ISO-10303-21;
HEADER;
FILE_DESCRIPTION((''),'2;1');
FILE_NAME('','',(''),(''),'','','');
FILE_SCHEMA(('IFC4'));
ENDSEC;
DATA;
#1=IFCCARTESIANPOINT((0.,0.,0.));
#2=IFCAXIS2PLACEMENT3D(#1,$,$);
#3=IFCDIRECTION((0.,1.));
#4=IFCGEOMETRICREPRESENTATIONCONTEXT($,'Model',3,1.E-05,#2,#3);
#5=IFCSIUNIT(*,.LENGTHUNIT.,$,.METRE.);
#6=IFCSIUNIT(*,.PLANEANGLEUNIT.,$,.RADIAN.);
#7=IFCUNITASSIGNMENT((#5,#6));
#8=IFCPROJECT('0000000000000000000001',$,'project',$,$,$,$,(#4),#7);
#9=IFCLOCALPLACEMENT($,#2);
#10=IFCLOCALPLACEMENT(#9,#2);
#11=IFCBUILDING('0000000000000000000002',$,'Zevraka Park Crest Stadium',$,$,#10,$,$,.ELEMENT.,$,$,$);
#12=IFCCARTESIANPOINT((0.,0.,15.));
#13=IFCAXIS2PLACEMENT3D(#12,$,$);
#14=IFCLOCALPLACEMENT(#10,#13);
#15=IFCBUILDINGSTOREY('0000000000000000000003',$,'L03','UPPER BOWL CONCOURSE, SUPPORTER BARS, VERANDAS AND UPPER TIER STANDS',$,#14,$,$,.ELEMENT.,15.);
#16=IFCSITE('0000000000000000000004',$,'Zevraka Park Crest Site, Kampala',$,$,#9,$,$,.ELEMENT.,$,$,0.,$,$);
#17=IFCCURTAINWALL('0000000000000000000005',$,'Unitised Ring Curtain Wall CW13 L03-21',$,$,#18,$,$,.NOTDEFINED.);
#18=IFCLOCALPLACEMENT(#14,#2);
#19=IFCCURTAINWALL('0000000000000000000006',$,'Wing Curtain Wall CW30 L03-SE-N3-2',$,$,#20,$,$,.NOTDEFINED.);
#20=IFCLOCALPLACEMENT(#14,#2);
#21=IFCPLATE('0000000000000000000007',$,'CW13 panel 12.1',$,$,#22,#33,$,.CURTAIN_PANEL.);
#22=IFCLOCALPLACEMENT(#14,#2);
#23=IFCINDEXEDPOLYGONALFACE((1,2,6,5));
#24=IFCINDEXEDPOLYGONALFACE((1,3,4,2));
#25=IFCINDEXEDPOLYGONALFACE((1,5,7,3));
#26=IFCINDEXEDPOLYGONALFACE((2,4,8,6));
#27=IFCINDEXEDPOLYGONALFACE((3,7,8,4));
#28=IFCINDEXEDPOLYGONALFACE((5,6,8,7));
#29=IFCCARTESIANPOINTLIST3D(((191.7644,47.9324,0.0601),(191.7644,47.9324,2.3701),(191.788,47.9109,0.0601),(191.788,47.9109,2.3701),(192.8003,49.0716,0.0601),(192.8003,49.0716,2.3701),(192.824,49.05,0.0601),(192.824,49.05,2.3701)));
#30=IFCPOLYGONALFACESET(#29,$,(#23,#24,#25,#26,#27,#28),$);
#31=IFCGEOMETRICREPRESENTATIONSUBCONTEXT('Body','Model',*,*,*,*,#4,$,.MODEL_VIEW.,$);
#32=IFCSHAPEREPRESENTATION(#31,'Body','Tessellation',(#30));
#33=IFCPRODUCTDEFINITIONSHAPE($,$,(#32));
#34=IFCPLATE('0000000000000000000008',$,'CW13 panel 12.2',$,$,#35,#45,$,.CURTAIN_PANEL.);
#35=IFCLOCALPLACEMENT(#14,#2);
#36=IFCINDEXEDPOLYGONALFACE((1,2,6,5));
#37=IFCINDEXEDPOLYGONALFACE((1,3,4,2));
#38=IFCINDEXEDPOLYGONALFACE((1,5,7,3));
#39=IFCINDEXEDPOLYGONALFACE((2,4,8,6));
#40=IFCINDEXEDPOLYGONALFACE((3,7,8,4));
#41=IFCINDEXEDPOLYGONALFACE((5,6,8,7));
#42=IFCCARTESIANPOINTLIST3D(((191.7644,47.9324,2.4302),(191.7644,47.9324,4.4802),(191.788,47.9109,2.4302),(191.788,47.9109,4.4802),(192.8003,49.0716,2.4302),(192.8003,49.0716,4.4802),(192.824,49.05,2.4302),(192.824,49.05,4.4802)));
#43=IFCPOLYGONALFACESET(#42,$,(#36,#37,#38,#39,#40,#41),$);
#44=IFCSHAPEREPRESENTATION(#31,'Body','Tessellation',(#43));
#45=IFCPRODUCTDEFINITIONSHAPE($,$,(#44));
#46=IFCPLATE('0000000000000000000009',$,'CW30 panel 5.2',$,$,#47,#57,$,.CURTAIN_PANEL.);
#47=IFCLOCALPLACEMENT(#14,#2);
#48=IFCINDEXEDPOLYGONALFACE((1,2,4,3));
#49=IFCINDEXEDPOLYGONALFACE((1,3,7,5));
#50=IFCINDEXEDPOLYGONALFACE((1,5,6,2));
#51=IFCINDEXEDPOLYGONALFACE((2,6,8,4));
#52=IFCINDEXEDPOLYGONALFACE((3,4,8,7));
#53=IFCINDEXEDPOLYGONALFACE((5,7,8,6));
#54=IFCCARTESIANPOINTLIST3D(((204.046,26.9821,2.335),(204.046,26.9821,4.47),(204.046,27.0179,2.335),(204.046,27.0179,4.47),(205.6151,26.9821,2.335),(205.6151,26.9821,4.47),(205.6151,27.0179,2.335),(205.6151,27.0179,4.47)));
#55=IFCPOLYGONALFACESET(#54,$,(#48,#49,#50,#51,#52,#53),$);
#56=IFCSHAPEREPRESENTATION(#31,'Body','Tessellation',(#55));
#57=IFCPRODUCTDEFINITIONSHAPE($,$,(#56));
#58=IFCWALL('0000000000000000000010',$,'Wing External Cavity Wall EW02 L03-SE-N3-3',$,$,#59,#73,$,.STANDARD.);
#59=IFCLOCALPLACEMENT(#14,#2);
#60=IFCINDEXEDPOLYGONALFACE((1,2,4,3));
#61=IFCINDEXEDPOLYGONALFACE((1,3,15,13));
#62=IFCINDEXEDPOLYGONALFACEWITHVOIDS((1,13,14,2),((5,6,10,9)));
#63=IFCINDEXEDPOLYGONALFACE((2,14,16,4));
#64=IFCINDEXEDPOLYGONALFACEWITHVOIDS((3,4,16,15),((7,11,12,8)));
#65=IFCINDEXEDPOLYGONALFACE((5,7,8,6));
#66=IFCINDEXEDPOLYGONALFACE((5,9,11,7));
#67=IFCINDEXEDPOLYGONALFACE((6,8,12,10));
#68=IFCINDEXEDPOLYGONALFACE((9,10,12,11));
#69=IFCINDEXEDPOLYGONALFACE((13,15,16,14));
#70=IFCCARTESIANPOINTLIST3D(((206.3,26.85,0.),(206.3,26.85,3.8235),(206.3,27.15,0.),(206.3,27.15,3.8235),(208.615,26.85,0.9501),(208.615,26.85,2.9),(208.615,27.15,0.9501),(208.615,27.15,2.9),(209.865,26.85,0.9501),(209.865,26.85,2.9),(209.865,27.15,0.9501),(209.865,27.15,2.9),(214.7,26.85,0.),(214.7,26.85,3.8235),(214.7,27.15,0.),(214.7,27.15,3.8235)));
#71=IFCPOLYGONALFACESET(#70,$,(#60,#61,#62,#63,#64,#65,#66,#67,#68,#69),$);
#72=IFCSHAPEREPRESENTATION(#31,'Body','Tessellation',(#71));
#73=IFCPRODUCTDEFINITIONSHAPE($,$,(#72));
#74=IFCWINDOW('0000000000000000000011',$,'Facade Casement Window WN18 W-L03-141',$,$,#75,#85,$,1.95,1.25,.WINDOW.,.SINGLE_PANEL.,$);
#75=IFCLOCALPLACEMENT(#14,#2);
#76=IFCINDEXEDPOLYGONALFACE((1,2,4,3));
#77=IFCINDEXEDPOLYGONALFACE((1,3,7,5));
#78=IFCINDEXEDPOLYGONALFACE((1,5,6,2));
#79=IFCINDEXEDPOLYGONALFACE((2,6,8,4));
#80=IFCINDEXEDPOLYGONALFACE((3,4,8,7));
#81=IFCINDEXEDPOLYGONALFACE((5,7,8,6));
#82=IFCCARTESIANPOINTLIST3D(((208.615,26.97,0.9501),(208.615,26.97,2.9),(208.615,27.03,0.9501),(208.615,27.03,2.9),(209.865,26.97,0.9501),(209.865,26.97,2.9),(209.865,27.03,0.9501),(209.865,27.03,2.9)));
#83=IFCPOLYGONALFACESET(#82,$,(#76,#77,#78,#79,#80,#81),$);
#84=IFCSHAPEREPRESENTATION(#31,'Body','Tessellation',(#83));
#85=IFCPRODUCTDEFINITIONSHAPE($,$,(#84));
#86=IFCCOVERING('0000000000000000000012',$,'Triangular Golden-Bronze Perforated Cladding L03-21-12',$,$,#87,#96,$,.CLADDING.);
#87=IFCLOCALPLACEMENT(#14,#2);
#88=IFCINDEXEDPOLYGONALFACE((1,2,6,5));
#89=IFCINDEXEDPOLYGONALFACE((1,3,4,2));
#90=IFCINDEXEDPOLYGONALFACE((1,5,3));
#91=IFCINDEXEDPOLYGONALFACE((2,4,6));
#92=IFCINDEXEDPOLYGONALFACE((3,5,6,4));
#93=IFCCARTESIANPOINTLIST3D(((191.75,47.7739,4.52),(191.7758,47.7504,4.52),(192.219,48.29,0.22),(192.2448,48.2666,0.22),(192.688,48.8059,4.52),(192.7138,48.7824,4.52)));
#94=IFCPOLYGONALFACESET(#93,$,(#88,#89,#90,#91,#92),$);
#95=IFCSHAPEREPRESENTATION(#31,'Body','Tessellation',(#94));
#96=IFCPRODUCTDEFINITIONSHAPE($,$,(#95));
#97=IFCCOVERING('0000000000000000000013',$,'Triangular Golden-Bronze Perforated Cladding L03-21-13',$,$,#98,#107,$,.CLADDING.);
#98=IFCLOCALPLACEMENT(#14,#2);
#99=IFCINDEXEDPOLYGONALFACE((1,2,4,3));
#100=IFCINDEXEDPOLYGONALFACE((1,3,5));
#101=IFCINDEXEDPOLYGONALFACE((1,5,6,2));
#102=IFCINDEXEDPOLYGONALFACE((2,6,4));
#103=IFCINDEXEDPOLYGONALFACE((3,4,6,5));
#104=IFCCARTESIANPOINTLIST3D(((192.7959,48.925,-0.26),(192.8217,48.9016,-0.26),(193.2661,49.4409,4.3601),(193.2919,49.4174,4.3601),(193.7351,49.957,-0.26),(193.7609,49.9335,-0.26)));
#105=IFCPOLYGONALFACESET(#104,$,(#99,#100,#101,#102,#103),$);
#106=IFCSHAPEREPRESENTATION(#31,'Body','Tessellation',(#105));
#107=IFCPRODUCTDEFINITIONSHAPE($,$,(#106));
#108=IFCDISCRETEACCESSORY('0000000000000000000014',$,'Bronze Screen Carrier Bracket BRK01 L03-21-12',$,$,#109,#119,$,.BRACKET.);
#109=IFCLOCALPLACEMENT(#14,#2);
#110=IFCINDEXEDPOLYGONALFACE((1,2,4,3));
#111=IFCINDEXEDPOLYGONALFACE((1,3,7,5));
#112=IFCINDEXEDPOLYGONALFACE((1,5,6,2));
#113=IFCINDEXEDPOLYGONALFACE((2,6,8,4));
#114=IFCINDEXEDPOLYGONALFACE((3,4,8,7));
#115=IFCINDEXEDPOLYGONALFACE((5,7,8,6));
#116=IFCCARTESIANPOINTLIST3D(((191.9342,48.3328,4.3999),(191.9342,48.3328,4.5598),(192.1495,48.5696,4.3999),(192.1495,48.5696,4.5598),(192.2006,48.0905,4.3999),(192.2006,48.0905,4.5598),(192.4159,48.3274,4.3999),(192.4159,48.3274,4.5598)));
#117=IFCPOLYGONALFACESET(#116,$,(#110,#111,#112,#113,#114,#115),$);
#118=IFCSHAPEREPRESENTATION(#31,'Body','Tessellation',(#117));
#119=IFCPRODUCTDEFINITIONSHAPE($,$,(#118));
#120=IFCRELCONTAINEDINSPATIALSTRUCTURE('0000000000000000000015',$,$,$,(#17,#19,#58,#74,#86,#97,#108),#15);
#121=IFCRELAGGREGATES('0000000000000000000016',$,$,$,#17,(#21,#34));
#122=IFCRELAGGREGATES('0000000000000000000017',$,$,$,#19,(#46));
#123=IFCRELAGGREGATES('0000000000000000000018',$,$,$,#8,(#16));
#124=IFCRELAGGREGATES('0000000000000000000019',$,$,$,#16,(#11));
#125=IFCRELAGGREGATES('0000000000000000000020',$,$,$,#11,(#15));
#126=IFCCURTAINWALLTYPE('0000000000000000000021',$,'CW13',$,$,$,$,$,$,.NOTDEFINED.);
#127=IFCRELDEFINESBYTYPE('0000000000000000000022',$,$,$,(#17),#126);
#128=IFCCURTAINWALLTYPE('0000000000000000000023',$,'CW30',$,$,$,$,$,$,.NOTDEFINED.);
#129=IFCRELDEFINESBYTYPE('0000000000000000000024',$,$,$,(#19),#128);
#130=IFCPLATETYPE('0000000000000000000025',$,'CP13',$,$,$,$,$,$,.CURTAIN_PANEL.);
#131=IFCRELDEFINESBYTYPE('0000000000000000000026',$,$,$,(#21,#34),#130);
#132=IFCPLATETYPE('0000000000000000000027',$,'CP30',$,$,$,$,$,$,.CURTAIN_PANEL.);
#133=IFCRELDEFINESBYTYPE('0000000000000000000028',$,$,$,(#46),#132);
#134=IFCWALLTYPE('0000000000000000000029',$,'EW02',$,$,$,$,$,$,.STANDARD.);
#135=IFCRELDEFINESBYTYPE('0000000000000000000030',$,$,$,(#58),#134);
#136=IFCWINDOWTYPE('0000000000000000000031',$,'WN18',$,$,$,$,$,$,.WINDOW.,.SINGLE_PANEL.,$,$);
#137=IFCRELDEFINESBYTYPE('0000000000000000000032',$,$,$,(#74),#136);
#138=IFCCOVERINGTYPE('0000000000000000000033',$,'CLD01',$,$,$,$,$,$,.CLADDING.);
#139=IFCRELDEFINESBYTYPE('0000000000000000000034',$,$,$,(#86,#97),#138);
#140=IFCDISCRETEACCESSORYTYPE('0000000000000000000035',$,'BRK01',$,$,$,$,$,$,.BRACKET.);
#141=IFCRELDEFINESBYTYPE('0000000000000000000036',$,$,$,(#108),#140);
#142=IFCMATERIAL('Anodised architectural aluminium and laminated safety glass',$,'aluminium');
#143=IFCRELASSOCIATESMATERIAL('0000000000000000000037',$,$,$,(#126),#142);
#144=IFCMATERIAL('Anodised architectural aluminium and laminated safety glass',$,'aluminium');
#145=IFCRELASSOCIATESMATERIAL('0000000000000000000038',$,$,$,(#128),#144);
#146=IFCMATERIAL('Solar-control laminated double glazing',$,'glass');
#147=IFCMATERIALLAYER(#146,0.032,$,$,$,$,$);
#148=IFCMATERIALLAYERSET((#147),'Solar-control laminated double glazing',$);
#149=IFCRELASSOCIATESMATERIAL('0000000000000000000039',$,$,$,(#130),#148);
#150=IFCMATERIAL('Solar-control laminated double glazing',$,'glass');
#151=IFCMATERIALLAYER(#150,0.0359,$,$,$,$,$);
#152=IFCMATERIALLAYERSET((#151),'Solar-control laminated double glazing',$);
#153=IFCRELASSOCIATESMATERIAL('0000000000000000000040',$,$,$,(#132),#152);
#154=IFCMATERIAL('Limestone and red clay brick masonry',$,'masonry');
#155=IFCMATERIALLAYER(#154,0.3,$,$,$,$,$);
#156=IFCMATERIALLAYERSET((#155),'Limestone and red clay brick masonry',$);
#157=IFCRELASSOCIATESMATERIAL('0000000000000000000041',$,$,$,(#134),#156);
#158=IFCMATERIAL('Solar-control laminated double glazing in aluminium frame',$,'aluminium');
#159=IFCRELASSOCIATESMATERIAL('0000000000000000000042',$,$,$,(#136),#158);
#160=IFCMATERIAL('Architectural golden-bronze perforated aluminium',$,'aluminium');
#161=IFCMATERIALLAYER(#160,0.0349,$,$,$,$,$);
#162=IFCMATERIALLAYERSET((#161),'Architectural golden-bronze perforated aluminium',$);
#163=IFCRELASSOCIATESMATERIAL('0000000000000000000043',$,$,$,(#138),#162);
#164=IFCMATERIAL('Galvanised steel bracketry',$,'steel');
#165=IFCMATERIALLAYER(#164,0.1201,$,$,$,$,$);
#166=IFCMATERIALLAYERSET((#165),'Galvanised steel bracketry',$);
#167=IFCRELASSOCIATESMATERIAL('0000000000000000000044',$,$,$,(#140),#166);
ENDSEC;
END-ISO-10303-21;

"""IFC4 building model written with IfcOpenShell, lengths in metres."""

from ifc_helpers import new_model, si_unit, direction, frame, frame_2d, origin, origin_2d, place, context, subcontext, project, spatial, polyline, rectangle, outline, extrude, material, layer, layer_set, type_object, element, fill, aggregate, save


model = new_model("IFC4")

# Units and contexts
model_context = context("Model", 3, precision=1e-05, world=origin(), true_north=direction((0.0, 1.0)))
body_context = subcontext(model_context, "Body", "Model", "MODEL_VIEW")
ifc_project = project(units=[si_unit("LENGTHUNIT", "METRE"), si_unit("PLANEANGLEUNIT", "RADIAN")], contexts=[model_context])

# Site, building, storey
site_placement = place(None, origin())
site = spatial("IfcSite", under=ifc_project, at=site_placement, Name="Zevraka Park Crest Site, Kampala", CompositionType="ELEMENT", RefElevation=0.0)
building_placement = place(site_placement, origin())
building = spatial("IfcBuilding", under=site, at=building_placement, Name="Zevraka Park Crest Stadium", CompositionType="ELEMENT")
storey_placement = place(building_placement, frame((0.0, 0.0, 15.0)))
storey = spatial("IfcBuildingStorey", under=building, at=storey_placement, Name="L03", Description="UPPER BOWL CONCOURSE, SUPPORTER BARS, VERANDAS AND UPPER TIER STANDS", CompositionType="ELEMENT", Elevation=15.0)

# Curtain wall
ifc_material_1 = material(Name="Anodised architectural aluminium and laminated safety glass", Category="aluminium")
curtain_wall_type_1 = type_object("IfcCurtainWallType", Name="CW13", PredefinedType="NOTDEFINED", material=ifc_material_1)
curtain_wall_1_placement = place(storey_placement, origin())
curtain_wall_1 = element("IfcCurtainWall", 1, at=curtain_wall_1_placement, inside=storey, type_object=curtain_wall_type_1, Name="Unitised Ring Curtain Wall CW13 L03-21", PredefinedType="NOTDEFINED")

# Curtain wall
ifc_material_2 = material(Name="Anodised architectural aluminium and laminated safety glass", Category="aluminium")
curtain_wall_type_2 = type_object("IfcCurtainWallType", Name="CW30", PredefinedType="NOTDEFINED", material=ifc_material_2)
curtain_wall_2_placement = place(storey_placement, origin())
curtain_wall_2 = element("IfcCurtainWall", 2, at=curtain_wall_2_placement, inside=storey, type_object=curtain_wall_type_2, Name="Wing Curtain Wall CW30 L03-SE-N3-2", PredefinedType="NOTDEFINED")

# Plates
ifc_material_3 = material(Name="Solar-control laminated double glazing", Category="glass")
ifc_layer_1 = layer(ifc_material_3, 0.032)
ifc_layer_set_1 = layer_set([ifc_layer_1], Name="Solar-control laminated double glazing")
plate_type_1 = type_object("IfcPlateType", Name="CP13", PredefinedType="CURTAIN_PANEL", material=ifc_layer_set_1)
plate_1_placement = place(storey_placement, frame((192.2942, 48.4912, 0.0601), z_axis=(0.0, 0.0, 1.0), x_axis=(0.672802, 0.739823, 0.0)))
plate_1 = element("IfcPlate", 3, at=plate_1_placement, type_object=plate_type_1, Name="CW13 panel 12.1", PredefinedType="CURTAIN_PANEL", context=body_context, shape_type="SweptSolid", body=[
    extrude(rectangle(XDim=1.5398, YDim=0.032, at=origin_2d()), origin(), (0.0, 0.0, 1.0), 2.3101),
])
plate_2_placement = place(storey_placement, frame((192.2942, 48.4912, 2.4302), z_axis=(0.0, 0.0, 1.0), x_axis=(0.672802, 0.739823, 0.0)))
plate_2 = element("IfcPlate", 4, at=plate_2_placement, type_object=plate_type_1, Name="CW13 panel 12.2", PredefinedType="CURTAIN_PANEL", context=body_context, shape_type="SweptSolid", body=[
    extrude(rectangle(XDim=1.5398, YDim=0.032, at=origin_2d()), origin(), (0.0, 0.0, 1.0), 2.05),
])
aggregate(curtain_wall_1, [plate_1, plate_2])
ifc_material_4 = material(Name="Solar-control laminated double glazing", Category="glass")
ifc_layer_2 = layer(ifc_material_4, 0.0359)
ifc_layer_set_2 = layer_set([ifc_layer_2], Name="Solar-control laminated double glazing")
plate_type_2 = type_object("IfcPlateType", Name="CP30", PredefinedType="CURTAIN_PANEL", material=ifc_layer_set_2)
plate_3_placement = place(storey_placement, frame((204.8306, 27.0, 2.335), z_axis=(0.0, 0.0, 1.0), x_axis=(1.0, 0.0, 0.0)))
plate_3 = element("IfcPlate", 5, at=plate_3_placement, type_object=plate_type_2, Name="CW30 panel 5.2", PredefinedType="CURTAIN_PANEL", context=body_context, shape_type="SweptSolid", body=[
    extrude(rectangle(XDim=1.5691, YDim=0.0359, at=origin_2d()), origin(), (0.0, 0.0, 1.0), 2.135),
])
aggregate(curtain_wall_2, [plate_3])

# Wall, opening, window
ifc_material_5 = material(Name="Limestone and red clay brick masonry", Category="masonry")
ifc_layer_3 = layer(ifc_material_5, 0.3)
ifc_layer_set_3 = layer_set([ifc_layer_3], Name="Limestone and red clay brick masonry")
wall_type = type_object("IfcWallType", Name="EW02", PredefinedType="STANDARD", material=ifc_layer_set_3)
wall_placement = place(storey_placement, frame((206.3, 27.0, 0.0), z_axis=(0.0, 0.0, 1.0), x_axis=(1.0, 0.0, 0.0)))
wall = element("IfcWall", 6, at=wall_placement, inside=storey, type_object=wall_type, Name="Wing External Cavity Wall EW02 L03-SE-N3-3", PredefinedType="STANDARD", context=body_context, shape_type="SweptSolid", body=[
    extrude(rectangle(XDim=8.3999, YDim=0.3, at=frame_2d((4.2, 0.0))), origin(), (0.0, 0.0, 1.0), 3.8235),
])
opening_placement = place(wall_placement, frame((2.3149, 0.0, 0.95)))
opening = element("IfcOpeningElement", 7, at=opening_placement, cuts=wall, PredefinedType="OPENING", context=body_context, shape_type="SweptSolid", body=[
    extrude(rectangle(XDim=1.25, YDim=1.95, at=frame_2d((0.625, 0.9751))), frame((0.0, 0.1599, 0.0), z_axis=(0.0, -1.0, 0.0), x_axis=(1.0, 0.0, 0.0)), (0.0, 0.0, 1.0), 0.3201),
])
ifc_material_6 = material(Name="Solar-control laminated double glazing in aluminium frame", Category="aluminium")
window_type = type_object("IfcWindowType", Name="WN18", PartitioningType="SINGLE_PANEL", PredefinedType="WINDOW", material=ifc_material_6)
window_placement = place(opening_placement, origin())
window = element("IfcWindow", 8, at=window_placement, inside=storey, type_object=window_type, Name="Facade Casement Window WN18 W-L03-141", OverallHeight=1.95, OverallWidth=1.25, PartitioningType="SINGLE_PANEL", PredefinedType="WINDOW", context=body_context, shape_type="SweptSolid", body=[
    extrude(rectangle(XDim=1.25, YDim=1.95, at=frame_2d((0.625, 0.9751))), frame((0.0, 0.03, 0.0), z_axis=(0.0, -1.0, 0.0), x_axis=(1.0, 0.0, 0.0)), (0.0, 0.0, 1.0), 0.0601),
])
fill(opening, window)

# Coverings
ifc_material_7 = material(Name="Architectural golden-bronze perforated aluminium", Category="aluminium")
ifc_layer_4 = layer(ifc_material_7, 0.0349)
ifc_layer_set_4 = layer_set([ifc_layer_4], Name="Architectural golden-bronze perforated aluminium")
covering_type = type_object("IfcCoveringType", Name="CLD01", PredefinedType="CLADDING", material=ifc_layer_set_4)
covering_1_placement = place(storey_placement, frame((192.688, 48.8059, 4.52), z_axis=(-0.740003, 0.672603, 0.000019), x_axis=(-0.672603, -0.740003, 0.0)))
element("IfcCovering", 9, at=covering_1_placement, inside=storey, type_object=covering_type, Name="Triangular Golden-Bronze Perforated Cladding L03-21-12", PredefinedType="CLADDING", context=body_context, shape_type="SweptSolid", body=[
    extrude(outline(polyline([(0.0, 0.0), (1.3946, 0.0), (0.6972, -4.3), (0.0, 0.0)])), origin(), (0.0, 0.0, -1.0), 0.0349),
])
covering_2_placement = place(storey_placement, frame((192.7959, 48.925, -0.26), z_axis=(-0.739568, 0.673082, 0.000115), x_axis=(0.673082, 0.739568, 0.0)))
element("IfcCovering", 10, at=covering_2_placement, inside=storey, type_object=covering_type, Name="Triangular Golden-Bronze Perforated Cladding L03-21-13", PredefinedType="CLADDING", context=body_context, shape_type="SweptSolid", body=[
    extrude(outline(polyline([(0.0, 0.0), (1.3954, 0.0), (0.698, -4.6201), (0.0, 0.0)])), origin(), (0.0, 0.0, -1.0), 0.0349),
])

# Discrete accessory
ifc_material_8 = material(Name="Galvanised steel bracketry", Category="steel")
ifc_layer_5 = layer(ifc_material_8, 0.1201)
ifc_layer_set_5 = layer_set([ifc_layer_5], Name="Galvanised steel bracketry")
discrete_accessory_type = type_object("IfcDiscreteAccessoryType", Name="BRK01", PredefinedType="BRACKET", material=ifc_layer_set_5)
discrete_accessory_placement = place(storey_placement, frame((192.175, 48.3301, 4.3999), z_axis=(0.0, 0.0, 1.0), x_axis=(0.672754, 0.739866, 0.0)))
element("IfcDiscreteAccessory", 11, at=discrete_accessory_placement, inside=storey, type_object=discrete_accessory_type, Name="Bronze Screen Carrier Bracket BRK01 L03-21-12", PredefinedType="BRACKET", context=body_context, shape_type="SweptSolid", body=[
    extrude(rectangle(XDim=0.3201, YDim=0.3601, at=origin_2d()), origin(), (0.0, 0.0, 1.0), 0.1599),
])

save(model, "model.ifc")
